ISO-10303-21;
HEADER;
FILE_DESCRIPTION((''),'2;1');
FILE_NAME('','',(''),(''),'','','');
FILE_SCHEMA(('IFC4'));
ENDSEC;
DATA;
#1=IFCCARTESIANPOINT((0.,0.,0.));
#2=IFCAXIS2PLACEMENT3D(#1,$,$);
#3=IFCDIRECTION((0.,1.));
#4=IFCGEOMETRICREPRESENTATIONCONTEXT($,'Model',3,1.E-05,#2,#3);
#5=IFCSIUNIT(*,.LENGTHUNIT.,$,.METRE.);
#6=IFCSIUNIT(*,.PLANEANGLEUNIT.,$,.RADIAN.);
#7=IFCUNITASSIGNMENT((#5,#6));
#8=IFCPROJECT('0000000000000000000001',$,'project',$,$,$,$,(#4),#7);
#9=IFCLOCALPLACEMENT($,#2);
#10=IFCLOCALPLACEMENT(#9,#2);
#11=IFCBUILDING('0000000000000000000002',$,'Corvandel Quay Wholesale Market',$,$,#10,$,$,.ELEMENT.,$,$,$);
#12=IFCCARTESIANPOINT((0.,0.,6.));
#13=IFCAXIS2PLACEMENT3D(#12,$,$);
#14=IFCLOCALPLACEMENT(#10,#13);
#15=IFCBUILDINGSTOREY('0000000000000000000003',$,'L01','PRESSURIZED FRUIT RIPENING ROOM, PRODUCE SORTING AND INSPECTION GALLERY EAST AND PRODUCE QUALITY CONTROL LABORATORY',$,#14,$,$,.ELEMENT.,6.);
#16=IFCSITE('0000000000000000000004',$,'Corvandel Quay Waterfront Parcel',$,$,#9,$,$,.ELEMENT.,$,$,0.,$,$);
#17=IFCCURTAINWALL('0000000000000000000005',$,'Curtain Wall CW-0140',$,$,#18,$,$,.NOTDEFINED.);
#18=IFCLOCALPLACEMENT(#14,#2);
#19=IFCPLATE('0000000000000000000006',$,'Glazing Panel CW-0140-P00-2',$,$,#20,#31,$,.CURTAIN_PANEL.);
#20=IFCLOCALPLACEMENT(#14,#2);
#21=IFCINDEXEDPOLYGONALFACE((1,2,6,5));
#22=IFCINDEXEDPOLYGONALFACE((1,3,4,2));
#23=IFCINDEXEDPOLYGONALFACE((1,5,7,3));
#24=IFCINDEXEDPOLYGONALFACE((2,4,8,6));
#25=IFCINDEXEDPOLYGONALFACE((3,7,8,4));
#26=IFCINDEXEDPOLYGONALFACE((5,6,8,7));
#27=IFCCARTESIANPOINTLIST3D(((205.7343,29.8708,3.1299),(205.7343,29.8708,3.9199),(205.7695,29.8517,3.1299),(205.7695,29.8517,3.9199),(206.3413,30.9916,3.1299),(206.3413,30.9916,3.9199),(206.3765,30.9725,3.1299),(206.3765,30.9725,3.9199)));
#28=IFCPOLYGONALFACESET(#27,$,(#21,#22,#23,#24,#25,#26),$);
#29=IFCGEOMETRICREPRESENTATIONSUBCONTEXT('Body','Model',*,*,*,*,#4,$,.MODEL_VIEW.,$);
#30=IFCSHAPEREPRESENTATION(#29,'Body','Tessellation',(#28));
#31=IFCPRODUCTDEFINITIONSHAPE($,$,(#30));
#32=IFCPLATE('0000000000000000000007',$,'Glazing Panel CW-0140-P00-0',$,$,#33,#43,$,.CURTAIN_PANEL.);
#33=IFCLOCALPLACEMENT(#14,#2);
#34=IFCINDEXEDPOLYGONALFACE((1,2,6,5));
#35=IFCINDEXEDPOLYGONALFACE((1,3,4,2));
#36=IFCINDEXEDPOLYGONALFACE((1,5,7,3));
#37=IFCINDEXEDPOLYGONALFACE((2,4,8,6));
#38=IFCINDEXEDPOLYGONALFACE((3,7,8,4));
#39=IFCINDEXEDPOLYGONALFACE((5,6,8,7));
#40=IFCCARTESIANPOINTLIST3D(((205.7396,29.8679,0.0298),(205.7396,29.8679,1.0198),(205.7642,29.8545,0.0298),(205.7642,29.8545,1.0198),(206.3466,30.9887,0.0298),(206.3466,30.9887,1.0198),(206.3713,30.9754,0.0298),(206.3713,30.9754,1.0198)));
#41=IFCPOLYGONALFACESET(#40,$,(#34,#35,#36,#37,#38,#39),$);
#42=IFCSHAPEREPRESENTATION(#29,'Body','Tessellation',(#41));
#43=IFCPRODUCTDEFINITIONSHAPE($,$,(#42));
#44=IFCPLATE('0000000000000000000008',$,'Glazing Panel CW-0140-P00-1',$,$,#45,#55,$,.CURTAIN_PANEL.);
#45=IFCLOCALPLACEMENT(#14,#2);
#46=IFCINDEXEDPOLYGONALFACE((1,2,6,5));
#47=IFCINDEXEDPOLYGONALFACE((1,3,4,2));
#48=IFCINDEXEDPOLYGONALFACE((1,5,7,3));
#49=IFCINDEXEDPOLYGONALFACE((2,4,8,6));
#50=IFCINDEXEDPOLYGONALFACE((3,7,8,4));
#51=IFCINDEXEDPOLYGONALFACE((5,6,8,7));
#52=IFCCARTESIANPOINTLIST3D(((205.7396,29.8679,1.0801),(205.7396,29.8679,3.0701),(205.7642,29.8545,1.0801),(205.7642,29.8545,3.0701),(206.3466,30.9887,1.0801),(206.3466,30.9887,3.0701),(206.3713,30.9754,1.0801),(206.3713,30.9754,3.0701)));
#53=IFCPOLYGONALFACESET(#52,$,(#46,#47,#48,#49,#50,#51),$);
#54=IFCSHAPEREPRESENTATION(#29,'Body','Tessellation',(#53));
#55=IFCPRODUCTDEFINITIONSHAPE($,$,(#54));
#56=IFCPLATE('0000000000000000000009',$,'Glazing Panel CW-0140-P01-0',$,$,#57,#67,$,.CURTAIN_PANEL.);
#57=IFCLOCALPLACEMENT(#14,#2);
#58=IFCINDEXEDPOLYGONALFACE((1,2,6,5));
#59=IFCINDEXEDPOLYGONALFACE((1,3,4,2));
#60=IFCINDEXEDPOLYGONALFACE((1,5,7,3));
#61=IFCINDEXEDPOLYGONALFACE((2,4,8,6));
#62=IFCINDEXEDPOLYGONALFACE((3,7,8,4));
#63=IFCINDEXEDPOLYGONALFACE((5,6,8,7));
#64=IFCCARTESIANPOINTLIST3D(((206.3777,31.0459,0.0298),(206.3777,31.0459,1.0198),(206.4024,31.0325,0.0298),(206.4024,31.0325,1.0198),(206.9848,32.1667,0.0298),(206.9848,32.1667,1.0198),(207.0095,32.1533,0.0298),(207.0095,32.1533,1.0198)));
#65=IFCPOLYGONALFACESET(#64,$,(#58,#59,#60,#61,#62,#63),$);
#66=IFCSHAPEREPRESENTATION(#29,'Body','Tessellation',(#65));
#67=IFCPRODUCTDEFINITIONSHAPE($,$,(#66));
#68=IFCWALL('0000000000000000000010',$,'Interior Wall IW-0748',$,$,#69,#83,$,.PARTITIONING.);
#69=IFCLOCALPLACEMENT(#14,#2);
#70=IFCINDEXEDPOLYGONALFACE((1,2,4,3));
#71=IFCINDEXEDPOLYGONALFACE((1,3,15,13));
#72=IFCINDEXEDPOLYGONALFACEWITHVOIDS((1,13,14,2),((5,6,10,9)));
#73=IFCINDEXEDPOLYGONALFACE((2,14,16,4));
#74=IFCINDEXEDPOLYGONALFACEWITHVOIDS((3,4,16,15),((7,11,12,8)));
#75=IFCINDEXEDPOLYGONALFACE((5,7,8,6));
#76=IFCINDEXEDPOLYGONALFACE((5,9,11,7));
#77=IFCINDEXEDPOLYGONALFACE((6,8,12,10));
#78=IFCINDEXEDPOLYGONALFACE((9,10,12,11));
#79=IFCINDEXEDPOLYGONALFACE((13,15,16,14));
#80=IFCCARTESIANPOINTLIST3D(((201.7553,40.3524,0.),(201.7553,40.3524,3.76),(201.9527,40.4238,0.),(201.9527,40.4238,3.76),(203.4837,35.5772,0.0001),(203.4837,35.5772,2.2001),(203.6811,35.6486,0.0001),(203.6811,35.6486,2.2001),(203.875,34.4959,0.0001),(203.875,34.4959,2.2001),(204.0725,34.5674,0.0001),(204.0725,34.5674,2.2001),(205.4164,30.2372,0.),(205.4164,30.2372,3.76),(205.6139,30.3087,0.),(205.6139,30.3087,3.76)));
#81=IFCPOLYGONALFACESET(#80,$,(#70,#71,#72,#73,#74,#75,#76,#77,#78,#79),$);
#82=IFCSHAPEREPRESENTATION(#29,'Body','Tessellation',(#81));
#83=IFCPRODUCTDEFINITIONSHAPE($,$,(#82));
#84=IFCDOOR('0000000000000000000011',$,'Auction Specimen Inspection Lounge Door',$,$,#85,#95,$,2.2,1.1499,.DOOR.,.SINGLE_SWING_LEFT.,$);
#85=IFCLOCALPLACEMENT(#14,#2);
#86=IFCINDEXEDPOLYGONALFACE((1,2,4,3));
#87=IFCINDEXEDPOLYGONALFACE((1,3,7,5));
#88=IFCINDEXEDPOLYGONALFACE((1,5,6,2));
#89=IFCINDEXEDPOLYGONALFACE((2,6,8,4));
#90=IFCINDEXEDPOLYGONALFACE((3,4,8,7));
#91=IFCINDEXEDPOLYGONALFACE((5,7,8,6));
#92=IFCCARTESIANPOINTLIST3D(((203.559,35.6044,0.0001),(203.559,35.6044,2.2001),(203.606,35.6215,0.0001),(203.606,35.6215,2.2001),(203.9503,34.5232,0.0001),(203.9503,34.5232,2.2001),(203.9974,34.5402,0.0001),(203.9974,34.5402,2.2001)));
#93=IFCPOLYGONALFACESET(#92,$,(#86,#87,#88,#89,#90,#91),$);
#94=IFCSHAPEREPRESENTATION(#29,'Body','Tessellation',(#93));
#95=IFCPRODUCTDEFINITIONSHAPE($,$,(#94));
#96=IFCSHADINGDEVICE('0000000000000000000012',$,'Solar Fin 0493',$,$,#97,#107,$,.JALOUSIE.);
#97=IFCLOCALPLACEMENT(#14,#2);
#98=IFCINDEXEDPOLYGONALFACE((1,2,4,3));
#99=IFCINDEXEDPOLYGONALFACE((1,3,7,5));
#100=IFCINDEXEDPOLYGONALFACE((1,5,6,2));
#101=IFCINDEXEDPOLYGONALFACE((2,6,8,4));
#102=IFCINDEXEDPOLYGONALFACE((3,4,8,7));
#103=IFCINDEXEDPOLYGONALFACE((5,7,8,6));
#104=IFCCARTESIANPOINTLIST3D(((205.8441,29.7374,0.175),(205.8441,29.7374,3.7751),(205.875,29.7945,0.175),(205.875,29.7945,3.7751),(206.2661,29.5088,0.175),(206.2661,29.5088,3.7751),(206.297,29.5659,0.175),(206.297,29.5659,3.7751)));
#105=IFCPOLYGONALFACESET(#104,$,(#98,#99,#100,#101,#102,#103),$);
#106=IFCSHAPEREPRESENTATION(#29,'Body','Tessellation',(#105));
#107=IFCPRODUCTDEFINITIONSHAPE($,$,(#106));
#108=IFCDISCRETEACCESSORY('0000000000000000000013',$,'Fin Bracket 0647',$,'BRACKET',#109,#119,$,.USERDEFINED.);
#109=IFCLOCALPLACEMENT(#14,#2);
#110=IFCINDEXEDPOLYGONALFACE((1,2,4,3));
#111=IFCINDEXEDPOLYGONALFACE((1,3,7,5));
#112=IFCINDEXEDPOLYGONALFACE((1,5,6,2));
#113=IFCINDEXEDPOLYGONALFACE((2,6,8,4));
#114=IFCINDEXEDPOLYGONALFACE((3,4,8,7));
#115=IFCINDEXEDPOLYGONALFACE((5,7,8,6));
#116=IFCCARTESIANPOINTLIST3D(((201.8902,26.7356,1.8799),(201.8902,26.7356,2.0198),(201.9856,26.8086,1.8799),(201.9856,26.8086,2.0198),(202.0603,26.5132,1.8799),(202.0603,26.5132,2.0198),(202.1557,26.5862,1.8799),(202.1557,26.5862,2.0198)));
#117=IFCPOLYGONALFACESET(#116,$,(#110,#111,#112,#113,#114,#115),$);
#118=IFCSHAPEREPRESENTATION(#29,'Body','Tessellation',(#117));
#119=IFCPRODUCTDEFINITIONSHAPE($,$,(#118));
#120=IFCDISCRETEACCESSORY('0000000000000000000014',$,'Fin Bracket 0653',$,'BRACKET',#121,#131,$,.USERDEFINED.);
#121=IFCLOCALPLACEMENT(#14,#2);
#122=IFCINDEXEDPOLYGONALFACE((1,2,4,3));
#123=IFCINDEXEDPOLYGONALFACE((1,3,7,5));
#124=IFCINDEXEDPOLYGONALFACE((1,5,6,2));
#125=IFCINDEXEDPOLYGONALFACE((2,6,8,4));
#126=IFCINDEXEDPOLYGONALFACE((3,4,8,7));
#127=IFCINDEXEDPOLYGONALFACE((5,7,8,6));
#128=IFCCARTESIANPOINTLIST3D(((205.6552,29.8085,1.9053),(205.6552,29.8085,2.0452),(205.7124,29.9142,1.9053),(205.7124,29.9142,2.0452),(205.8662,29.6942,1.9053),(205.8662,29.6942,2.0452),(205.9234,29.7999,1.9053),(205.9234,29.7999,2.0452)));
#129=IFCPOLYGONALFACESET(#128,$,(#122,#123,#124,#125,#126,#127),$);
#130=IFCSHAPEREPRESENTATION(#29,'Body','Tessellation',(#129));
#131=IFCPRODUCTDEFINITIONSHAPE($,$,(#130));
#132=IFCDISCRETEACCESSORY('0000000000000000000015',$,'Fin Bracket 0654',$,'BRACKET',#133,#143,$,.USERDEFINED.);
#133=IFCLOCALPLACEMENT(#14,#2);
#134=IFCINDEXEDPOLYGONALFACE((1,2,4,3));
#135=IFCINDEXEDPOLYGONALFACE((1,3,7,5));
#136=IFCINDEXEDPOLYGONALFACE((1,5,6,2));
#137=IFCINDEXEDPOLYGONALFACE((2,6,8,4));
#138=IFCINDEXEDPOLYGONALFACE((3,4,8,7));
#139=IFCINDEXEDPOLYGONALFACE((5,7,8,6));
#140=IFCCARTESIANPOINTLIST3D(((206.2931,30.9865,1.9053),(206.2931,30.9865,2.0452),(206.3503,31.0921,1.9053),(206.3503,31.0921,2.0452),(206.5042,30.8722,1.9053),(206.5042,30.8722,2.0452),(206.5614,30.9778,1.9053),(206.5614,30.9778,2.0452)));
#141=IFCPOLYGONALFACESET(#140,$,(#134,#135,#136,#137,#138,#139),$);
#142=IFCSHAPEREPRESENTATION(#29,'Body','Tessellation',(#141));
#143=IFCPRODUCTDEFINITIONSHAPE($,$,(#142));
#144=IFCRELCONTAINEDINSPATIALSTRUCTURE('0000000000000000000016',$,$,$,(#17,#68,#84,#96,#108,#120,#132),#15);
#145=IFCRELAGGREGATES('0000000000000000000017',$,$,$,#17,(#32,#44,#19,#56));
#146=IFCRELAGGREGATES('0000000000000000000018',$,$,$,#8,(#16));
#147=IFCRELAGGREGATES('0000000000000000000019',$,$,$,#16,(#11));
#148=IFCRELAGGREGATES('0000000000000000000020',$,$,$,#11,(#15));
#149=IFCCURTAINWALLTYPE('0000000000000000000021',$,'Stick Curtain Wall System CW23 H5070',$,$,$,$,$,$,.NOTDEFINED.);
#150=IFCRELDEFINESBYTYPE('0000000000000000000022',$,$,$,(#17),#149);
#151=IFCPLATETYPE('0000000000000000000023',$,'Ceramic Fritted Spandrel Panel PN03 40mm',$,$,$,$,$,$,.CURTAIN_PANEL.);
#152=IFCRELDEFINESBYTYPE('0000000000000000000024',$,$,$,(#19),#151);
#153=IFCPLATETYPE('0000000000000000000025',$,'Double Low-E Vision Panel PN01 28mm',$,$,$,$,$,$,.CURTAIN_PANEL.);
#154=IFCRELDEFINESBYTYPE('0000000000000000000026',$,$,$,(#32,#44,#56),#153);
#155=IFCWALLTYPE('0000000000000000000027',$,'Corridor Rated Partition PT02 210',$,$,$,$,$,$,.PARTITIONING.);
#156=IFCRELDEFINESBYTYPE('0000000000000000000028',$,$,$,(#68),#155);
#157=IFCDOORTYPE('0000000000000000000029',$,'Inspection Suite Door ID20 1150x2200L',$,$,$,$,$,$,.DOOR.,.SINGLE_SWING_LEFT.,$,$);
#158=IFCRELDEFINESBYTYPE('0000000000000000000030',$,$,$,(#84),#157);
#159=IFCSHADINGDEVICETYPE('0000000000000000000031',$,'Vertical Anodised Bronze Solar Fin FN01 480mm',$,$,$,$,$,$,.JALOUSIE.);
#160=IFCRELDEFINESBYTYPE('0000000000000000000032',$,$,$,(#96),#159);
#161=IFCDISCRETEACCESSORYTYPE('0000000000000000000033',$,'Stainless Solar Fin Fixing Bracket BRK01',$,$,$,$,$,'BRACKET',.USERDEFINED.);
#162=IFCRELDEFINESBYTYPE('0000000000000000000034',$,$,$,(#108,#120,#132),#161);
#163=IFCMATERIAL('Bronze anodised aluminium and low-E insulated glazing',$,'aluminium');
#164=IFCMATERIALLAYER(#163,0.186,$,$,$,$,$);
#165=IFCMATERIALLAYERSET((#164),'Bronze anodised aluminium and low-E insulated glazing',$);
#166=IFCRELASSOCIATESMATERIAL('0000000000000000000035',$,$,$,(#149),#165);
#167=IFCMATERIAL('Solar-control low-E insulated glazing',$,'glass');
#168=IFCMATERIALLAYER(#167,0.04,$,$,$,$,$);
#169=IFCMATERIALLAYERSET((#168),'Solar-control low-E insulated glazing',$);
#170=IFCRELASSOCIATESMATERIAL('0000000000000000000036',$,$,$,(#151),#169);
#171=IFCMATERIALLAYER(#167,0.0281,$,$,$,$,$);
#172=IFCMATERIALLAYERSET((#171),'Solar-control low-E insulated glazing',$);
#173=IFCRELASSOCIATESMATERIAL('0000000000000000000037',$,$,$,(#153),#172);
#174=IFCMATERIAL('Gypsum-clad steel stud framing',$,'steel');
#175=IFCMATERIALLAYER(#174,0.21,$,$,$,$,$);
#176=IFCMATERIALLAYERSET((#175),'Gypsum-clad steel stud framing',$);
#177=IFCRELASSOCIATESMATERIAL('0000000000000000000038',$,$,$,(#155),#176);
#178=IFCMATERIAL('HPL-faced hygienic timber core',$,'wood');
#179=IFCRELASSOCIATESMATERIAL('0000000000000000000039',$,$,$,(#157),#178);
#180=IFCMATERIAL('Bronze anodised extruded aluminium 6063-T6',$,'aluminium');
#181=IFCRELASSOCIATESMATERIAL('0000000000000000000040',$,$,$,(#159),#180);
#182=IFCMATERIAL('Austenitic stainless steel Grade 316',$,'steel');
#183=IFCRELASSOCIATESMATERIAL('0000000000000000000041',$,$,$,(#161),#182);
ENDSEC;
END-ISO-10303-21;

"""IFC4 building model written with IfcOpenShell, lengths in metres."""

from ifc_helpers import new_model, si_unit, direction, frame, frame_2d, origin, origin_2d, place, context, subcontext, project, spatial, rectangle, extrude, material, layer, layer_set, type_object, element, fill, aggregate, save


model = new_model("IFC4")

# Units and contexts
model_context = context("Model", 3, precision=1e-05, world=origin(), true_north=direction((0.0, 1.0)))
body_context = subcontext(model_context, "Body", "Model", "MODEL_VIEW")
ifc_project = project(units=[si_unit("LENGTHUNIT", "METRE"), si_unit("PLANEANGLEUNIT", "RADIAN")], contexts=[model_context])

# Site, building, storey
site_placement = place(None, origin())
site = spatial("IfcSite", under=ifc_project, at=site_placement, Name="Corvandel Quay Waterfront Parcel", CompositionType="ELEMENT", RefElevation=0.0)
building_placement = place(site_placement, origin())
building = spatial("IfcBuilding", under=site, at=building_placement, Name="Corvandel Quay Wholesale Market", CompositionType="ELEMENT")
storey_placement = place(building_placement, frame((0.0, 0.0, 6.0)))
storey = spatial("IfcBuildingStorey", under=building, at=storey_placement, Name="L01", Description="PRESSURIZED FRUIT RIPENING ROOM, PRODUCE SORTING AND INSPECTION GALLERY EAST AND PRODUCE QUALITY CONTROL LABORATORY", CompositionType="ELEMENT", Elevation=6.0)

# Curtain wall
ifc_material_1 = material(Name="Bronze anodised aluminium and low-E insulated glazing", Category="aluminium")
ifc_layer_1 = layer(ifc_material_1, 0.186)
ifc_layer_set_1 = layer_set([ifc_layer_1], Name="Bronze anodised aluminium and low-E insulated glazing")
curtain_wall_type = type_object("IfcCurtainWallType", Name="Stick Curtain Wall System CW23 H5070", PredefinedType="NOTDEFINED", material=ifc_layer_set_1)
curtain_wall_placement = place(storey_placement, origin())
curtain_wall = element("IfcCurtainWall", 1, at=curtain_wall_placement, inside=storey, type_object=curtain_wall_type, Name="Curtain Wall CW-0140", PredefinedType="NOTDEFINED")

# Plates
ifc_material_2 = material(Name="Solar-control low-E insulated glazing", Category="glass")
ifc_layer_2 = layer(ifc_material_2, 0.04)
ifc_layer_set_2 = layer_set([ifc_layer_2], Name="Solar-control low-E insulated glazing")
plate_type_1 = type_object("IfcPlateType", Name="Ceramic Fritted Spandrel Panel PN03 40mm", PredefinedType="CURTAIN_PANEL", material=ifc_layer_set_2)
plate_1_placement = place(storey_placement, frame((206.0554, 30.4216, 3.1299), z_axis=(0.0, 0.0, 1.0), x_axis=(0.476238, 0.879316, 0.0)))
plate_1 = element("IfcPlate", 2, at=plate_1_placement, type_object=plate_type_1, Name="Glazing Panel CW-0140-P00-2", PredefinedType="CURTAIN_PANEL", context=body_context, shape_type="SweptSolid", body=[
    extrude(rectangle(XDim=1.2747, YDim=0.04, at=origin_2d()), origin(), (0.0, 0.0, 1.0), 0.79),
])
ifc_layer_3 = layer(ifc_material_2, 0.0281)
ifc_layer_set_3 = layer_set([ifc_layer_3], Name="Solar-control low-E insulated glazing")
plate_type_2 = type_object("IfcPlateType", Name="Double Low-E Vision Panel PN01 28mm", PredefinedType="CURTAIN_PANEL", material=ifc_layer_set_3)
plate_2_placement = place(storey_placement, frame((206.0554, 30.4216, 0.0298), z_axis=(0.0, 0.0, 1.0), x_axis=(0.476238, 0.879316, 0.0)))
plate_2 = element("IfcPlate", 3, at=plate_2_placement, type_object=plate_type_2, Name="Glazing Panel CW-0140-P00-0", PredefinedType="CURTAIN_PANEL", context=body_context, shape_type="SweptSolid", body=[
    extrude(rectangle(XDim=1.2747, YDim=0.0281, at=origin_2d()), origin(), (0.0, 0.0, 1.0), 0.99),
])
plate_3_placement = place(storey_placement, frame((206.0554, 30.4216, 1.0801), z_axis=(0.0, 0.0, 1.0), x_axis=(0.476238, 0.879316, 0.0)))
plate_3 = element("IfcPlate", 4, at=plate_3_placement, type_object=plate_type_2, Name="Glazing Panel CW-0140-P00-1", PredefinedType="CURTAIN_PANEL", context=body_context, shape_type="SweptSolid", body=[
    extrude(rectangle(XDim=1.2747, YDim=0.0281, at=origin_2d()), origin(), (0.0, 0.0, 1.0), 1.99),
])
plate_4_placement = place(storey_placement, frame((206.6936, 31.5996, 0.0298), z_axis=(0.0, 0.0, 1.0), x_axis=(0.476238, 0.879316, 0.0)))
plate_4 = element("IfcPlate", 5, at=plate_4_placement, type_object=plate_type_2, Name="Glazing Panel CW-0140-P01-0", PredefinedType="CURTAIN_PANEL", context=body_context, shape_type="SweptSolid", body=[
    extrude(rectangle(XDim=1.2747, YDim=0.0281, at=origin_2d()), origin(), (0.0, 0.0, 1.0), 0.99),
])
aggregate(curtain_wall, [plate_2, plate_3, plate_1, plate_4])

# Wall, opening, door
ifc_material_3 = material(Name="Gypsum-clad steel stud framing", Category="steel")
ifc_layer_4 = layer(ifc_material_3, 0.21)
ifc_layer_set_4 = layer_set([ifc_layer_4], Name="Gypsum-clad steel stud framing")
wall_type = type_object("IfcWallType", Name="Corridor Rated Partition PT02 210", PredefinedType="PARTITIONING", material=ifc_layer_set_4)
wall_placement = place(storey_placement, frame((205.5151, 30.2729, 0.0), z_axis=(0.0, 0.0, 1.0), x_axis=(-0.340336, 0.940304, 0.0)))
wall = element("IfcWall", 6, at=wall_placement, inside=storey, type_object=wall_type, Name="Interior Wall IW-0748", PredefinedType="PARTITIONING", context=body_context, shape_type="SweptSolid", body=[
    extrude(rectangle(XDim=10.7573, YDim=0.21, at=frame_2d((5.3787, 0.0))), origin(), (0.0, 0.0, 1.0), 3.76),
])
opening_placement = place(wall_placement, frame((4.5291, 0.0, 0.0)))
opening = element("IfcOpeningElement", 7, at=opening_placement, cuts=wall, PredefinedType="OPENING", context=body_context, shape_type="SweptSolid", body=[
    extrude(rectangle(XDim=1.1499, YDim=2.2, at=frame_2d((0.575, 1.1001))), frame((0.0, 0.115, 0.0), z_axis=(0.0, -1.0, 0.0), x_axis=(1.0, 0.0, 0.0)), (0.0, 0.0, 1.0), 0.23),
])
ifc_material_4 = material(Name="HPL-faced hygienic timber core", Category="wood")
door_type = type_object("IfcDoorType", Name="Inspection Suite Door ID20 1150x2200L", OperationType="SINGLE_SWING_LEFT", PredefinedType="DOOR", material=ifc_material_4)
door_placement = place(opening_placement, origin())
door = element("IfcDoor", 8, at=door_placement, inside=storey, type_object=door_type, Name="Auction Specimen Inspection Lounge Door", OperationType="SINGLE_SWING_LEFT", OverallHeight=2.2, OverallWidth=1.1499, PredefinedType="DOOR", context=body_context, shape_type="SweptSolid", body=[
    extrude(rectangle(XDim=1.1499, YDim=2.2, at=frame_2d((0.575, 1.1001))), frame((0.0, 0.0249, 0.0), z_axis=(0.0, -1.0, 0.0), x_axis=(1.0, 0.0, 0.0)), (0.0, 0.0, 1.0), 0.05),
])
fill(opening, door)

# Shading device
ifc_material_5 = material(Name="Bronze anodised extruded aluminium 6063-T6", Category="aluminium")
shading_device_type = type_object("IfcShadingDeviceType", Name="Vertical Anodised Bronze Solar Fin FN01 480mm", PredefinedType="JALOUSIE", material=ifc_material_5)
shading_device_placement = place(storey_placement, frame((206.0706, 29.6516, 0.175), z_axis=(0.0, 0.0, 1.0), x_axis=(-0.879316, 0.476238, 0.0)))
element("IfcShadingDevice", 9, at=shading_device_placement, inside=storey, type_object=shading_device_type, Name="Solar Fin 0493", PredefinedType="JALOUSIE", context=body_context, shape_type="SweptSolid", body=[
    extrude(rectangle(XDim=0.48, YDim=0.0649, at=origin_2d()), origin(), (0.0, 0.0, 1.0), 3.6001),
])

# Discrete accessories
ifc_material_6 = material(Name="Austenitic stainless steel Grade 316", Category="steel")
discrete_accessory_type = type_object("IfcDiscreteAccessoryType", Name="Stainless Solar Fin Fixing Bracket BRK01", ElementType="BRACKET", PredefinedType="USERDEFINED", material=ifc_material_6)
discrete_accessory_placement = place(storey_placement, frame((202.0229, 26.6609, 1.8799), z_axis=(0.0, 0.0, 1.0), x_axis=(-0.607514, 0.794309, 0.0)))
element("IfcDiscreteAccessory", 10, at=discrete_accessory_placement, inside=storey, type_object=discrete_accessory_type, Name="Fin Bracket 0647", ObjectType="BRACKET", PredefinedType="USERDEFINED", context=body_context, shape_type="SweptSolid", body=[
    extrude(rectangle(XDim=0.28, YDim=0.1201, at=origin_2d()), origin(), (0.0, 0.0, 1.0), 0.1399),
])
for number, where, z_axis, x_axis, name in (
    (11, (205.7893, 29.8042, 1.9053), (0.0, 0.0, 1.0), (-0.879316, 0.476238, 0.0), "Fin Bracket 0653"),
    (12, (206.4272, 30.9822, 1.9053), (0.0, 0.0, 1.0), (-0.879316, 0.476238, 0.0), "Fin Bracket 0654"),
):
    element("IfcDiscreteAccessory", number, at=place(storey_placement, frame(where, z_axis=z_axis, x_axis=x_axis)), inside=storey, type_object=discrete_accessory_type, Name=name, ObjectType="BRACKET", PredefinedType="USERDEFINED", context=body_context, shape_type="SweptSolid", body=[
        extrude(rectangle(XDim=0.24, YDim=0.1201, at=origin_2d()), origin(), (0.0, 0.0, 1.0), 0.1399),
    ])

save(model, "model.ifc")
